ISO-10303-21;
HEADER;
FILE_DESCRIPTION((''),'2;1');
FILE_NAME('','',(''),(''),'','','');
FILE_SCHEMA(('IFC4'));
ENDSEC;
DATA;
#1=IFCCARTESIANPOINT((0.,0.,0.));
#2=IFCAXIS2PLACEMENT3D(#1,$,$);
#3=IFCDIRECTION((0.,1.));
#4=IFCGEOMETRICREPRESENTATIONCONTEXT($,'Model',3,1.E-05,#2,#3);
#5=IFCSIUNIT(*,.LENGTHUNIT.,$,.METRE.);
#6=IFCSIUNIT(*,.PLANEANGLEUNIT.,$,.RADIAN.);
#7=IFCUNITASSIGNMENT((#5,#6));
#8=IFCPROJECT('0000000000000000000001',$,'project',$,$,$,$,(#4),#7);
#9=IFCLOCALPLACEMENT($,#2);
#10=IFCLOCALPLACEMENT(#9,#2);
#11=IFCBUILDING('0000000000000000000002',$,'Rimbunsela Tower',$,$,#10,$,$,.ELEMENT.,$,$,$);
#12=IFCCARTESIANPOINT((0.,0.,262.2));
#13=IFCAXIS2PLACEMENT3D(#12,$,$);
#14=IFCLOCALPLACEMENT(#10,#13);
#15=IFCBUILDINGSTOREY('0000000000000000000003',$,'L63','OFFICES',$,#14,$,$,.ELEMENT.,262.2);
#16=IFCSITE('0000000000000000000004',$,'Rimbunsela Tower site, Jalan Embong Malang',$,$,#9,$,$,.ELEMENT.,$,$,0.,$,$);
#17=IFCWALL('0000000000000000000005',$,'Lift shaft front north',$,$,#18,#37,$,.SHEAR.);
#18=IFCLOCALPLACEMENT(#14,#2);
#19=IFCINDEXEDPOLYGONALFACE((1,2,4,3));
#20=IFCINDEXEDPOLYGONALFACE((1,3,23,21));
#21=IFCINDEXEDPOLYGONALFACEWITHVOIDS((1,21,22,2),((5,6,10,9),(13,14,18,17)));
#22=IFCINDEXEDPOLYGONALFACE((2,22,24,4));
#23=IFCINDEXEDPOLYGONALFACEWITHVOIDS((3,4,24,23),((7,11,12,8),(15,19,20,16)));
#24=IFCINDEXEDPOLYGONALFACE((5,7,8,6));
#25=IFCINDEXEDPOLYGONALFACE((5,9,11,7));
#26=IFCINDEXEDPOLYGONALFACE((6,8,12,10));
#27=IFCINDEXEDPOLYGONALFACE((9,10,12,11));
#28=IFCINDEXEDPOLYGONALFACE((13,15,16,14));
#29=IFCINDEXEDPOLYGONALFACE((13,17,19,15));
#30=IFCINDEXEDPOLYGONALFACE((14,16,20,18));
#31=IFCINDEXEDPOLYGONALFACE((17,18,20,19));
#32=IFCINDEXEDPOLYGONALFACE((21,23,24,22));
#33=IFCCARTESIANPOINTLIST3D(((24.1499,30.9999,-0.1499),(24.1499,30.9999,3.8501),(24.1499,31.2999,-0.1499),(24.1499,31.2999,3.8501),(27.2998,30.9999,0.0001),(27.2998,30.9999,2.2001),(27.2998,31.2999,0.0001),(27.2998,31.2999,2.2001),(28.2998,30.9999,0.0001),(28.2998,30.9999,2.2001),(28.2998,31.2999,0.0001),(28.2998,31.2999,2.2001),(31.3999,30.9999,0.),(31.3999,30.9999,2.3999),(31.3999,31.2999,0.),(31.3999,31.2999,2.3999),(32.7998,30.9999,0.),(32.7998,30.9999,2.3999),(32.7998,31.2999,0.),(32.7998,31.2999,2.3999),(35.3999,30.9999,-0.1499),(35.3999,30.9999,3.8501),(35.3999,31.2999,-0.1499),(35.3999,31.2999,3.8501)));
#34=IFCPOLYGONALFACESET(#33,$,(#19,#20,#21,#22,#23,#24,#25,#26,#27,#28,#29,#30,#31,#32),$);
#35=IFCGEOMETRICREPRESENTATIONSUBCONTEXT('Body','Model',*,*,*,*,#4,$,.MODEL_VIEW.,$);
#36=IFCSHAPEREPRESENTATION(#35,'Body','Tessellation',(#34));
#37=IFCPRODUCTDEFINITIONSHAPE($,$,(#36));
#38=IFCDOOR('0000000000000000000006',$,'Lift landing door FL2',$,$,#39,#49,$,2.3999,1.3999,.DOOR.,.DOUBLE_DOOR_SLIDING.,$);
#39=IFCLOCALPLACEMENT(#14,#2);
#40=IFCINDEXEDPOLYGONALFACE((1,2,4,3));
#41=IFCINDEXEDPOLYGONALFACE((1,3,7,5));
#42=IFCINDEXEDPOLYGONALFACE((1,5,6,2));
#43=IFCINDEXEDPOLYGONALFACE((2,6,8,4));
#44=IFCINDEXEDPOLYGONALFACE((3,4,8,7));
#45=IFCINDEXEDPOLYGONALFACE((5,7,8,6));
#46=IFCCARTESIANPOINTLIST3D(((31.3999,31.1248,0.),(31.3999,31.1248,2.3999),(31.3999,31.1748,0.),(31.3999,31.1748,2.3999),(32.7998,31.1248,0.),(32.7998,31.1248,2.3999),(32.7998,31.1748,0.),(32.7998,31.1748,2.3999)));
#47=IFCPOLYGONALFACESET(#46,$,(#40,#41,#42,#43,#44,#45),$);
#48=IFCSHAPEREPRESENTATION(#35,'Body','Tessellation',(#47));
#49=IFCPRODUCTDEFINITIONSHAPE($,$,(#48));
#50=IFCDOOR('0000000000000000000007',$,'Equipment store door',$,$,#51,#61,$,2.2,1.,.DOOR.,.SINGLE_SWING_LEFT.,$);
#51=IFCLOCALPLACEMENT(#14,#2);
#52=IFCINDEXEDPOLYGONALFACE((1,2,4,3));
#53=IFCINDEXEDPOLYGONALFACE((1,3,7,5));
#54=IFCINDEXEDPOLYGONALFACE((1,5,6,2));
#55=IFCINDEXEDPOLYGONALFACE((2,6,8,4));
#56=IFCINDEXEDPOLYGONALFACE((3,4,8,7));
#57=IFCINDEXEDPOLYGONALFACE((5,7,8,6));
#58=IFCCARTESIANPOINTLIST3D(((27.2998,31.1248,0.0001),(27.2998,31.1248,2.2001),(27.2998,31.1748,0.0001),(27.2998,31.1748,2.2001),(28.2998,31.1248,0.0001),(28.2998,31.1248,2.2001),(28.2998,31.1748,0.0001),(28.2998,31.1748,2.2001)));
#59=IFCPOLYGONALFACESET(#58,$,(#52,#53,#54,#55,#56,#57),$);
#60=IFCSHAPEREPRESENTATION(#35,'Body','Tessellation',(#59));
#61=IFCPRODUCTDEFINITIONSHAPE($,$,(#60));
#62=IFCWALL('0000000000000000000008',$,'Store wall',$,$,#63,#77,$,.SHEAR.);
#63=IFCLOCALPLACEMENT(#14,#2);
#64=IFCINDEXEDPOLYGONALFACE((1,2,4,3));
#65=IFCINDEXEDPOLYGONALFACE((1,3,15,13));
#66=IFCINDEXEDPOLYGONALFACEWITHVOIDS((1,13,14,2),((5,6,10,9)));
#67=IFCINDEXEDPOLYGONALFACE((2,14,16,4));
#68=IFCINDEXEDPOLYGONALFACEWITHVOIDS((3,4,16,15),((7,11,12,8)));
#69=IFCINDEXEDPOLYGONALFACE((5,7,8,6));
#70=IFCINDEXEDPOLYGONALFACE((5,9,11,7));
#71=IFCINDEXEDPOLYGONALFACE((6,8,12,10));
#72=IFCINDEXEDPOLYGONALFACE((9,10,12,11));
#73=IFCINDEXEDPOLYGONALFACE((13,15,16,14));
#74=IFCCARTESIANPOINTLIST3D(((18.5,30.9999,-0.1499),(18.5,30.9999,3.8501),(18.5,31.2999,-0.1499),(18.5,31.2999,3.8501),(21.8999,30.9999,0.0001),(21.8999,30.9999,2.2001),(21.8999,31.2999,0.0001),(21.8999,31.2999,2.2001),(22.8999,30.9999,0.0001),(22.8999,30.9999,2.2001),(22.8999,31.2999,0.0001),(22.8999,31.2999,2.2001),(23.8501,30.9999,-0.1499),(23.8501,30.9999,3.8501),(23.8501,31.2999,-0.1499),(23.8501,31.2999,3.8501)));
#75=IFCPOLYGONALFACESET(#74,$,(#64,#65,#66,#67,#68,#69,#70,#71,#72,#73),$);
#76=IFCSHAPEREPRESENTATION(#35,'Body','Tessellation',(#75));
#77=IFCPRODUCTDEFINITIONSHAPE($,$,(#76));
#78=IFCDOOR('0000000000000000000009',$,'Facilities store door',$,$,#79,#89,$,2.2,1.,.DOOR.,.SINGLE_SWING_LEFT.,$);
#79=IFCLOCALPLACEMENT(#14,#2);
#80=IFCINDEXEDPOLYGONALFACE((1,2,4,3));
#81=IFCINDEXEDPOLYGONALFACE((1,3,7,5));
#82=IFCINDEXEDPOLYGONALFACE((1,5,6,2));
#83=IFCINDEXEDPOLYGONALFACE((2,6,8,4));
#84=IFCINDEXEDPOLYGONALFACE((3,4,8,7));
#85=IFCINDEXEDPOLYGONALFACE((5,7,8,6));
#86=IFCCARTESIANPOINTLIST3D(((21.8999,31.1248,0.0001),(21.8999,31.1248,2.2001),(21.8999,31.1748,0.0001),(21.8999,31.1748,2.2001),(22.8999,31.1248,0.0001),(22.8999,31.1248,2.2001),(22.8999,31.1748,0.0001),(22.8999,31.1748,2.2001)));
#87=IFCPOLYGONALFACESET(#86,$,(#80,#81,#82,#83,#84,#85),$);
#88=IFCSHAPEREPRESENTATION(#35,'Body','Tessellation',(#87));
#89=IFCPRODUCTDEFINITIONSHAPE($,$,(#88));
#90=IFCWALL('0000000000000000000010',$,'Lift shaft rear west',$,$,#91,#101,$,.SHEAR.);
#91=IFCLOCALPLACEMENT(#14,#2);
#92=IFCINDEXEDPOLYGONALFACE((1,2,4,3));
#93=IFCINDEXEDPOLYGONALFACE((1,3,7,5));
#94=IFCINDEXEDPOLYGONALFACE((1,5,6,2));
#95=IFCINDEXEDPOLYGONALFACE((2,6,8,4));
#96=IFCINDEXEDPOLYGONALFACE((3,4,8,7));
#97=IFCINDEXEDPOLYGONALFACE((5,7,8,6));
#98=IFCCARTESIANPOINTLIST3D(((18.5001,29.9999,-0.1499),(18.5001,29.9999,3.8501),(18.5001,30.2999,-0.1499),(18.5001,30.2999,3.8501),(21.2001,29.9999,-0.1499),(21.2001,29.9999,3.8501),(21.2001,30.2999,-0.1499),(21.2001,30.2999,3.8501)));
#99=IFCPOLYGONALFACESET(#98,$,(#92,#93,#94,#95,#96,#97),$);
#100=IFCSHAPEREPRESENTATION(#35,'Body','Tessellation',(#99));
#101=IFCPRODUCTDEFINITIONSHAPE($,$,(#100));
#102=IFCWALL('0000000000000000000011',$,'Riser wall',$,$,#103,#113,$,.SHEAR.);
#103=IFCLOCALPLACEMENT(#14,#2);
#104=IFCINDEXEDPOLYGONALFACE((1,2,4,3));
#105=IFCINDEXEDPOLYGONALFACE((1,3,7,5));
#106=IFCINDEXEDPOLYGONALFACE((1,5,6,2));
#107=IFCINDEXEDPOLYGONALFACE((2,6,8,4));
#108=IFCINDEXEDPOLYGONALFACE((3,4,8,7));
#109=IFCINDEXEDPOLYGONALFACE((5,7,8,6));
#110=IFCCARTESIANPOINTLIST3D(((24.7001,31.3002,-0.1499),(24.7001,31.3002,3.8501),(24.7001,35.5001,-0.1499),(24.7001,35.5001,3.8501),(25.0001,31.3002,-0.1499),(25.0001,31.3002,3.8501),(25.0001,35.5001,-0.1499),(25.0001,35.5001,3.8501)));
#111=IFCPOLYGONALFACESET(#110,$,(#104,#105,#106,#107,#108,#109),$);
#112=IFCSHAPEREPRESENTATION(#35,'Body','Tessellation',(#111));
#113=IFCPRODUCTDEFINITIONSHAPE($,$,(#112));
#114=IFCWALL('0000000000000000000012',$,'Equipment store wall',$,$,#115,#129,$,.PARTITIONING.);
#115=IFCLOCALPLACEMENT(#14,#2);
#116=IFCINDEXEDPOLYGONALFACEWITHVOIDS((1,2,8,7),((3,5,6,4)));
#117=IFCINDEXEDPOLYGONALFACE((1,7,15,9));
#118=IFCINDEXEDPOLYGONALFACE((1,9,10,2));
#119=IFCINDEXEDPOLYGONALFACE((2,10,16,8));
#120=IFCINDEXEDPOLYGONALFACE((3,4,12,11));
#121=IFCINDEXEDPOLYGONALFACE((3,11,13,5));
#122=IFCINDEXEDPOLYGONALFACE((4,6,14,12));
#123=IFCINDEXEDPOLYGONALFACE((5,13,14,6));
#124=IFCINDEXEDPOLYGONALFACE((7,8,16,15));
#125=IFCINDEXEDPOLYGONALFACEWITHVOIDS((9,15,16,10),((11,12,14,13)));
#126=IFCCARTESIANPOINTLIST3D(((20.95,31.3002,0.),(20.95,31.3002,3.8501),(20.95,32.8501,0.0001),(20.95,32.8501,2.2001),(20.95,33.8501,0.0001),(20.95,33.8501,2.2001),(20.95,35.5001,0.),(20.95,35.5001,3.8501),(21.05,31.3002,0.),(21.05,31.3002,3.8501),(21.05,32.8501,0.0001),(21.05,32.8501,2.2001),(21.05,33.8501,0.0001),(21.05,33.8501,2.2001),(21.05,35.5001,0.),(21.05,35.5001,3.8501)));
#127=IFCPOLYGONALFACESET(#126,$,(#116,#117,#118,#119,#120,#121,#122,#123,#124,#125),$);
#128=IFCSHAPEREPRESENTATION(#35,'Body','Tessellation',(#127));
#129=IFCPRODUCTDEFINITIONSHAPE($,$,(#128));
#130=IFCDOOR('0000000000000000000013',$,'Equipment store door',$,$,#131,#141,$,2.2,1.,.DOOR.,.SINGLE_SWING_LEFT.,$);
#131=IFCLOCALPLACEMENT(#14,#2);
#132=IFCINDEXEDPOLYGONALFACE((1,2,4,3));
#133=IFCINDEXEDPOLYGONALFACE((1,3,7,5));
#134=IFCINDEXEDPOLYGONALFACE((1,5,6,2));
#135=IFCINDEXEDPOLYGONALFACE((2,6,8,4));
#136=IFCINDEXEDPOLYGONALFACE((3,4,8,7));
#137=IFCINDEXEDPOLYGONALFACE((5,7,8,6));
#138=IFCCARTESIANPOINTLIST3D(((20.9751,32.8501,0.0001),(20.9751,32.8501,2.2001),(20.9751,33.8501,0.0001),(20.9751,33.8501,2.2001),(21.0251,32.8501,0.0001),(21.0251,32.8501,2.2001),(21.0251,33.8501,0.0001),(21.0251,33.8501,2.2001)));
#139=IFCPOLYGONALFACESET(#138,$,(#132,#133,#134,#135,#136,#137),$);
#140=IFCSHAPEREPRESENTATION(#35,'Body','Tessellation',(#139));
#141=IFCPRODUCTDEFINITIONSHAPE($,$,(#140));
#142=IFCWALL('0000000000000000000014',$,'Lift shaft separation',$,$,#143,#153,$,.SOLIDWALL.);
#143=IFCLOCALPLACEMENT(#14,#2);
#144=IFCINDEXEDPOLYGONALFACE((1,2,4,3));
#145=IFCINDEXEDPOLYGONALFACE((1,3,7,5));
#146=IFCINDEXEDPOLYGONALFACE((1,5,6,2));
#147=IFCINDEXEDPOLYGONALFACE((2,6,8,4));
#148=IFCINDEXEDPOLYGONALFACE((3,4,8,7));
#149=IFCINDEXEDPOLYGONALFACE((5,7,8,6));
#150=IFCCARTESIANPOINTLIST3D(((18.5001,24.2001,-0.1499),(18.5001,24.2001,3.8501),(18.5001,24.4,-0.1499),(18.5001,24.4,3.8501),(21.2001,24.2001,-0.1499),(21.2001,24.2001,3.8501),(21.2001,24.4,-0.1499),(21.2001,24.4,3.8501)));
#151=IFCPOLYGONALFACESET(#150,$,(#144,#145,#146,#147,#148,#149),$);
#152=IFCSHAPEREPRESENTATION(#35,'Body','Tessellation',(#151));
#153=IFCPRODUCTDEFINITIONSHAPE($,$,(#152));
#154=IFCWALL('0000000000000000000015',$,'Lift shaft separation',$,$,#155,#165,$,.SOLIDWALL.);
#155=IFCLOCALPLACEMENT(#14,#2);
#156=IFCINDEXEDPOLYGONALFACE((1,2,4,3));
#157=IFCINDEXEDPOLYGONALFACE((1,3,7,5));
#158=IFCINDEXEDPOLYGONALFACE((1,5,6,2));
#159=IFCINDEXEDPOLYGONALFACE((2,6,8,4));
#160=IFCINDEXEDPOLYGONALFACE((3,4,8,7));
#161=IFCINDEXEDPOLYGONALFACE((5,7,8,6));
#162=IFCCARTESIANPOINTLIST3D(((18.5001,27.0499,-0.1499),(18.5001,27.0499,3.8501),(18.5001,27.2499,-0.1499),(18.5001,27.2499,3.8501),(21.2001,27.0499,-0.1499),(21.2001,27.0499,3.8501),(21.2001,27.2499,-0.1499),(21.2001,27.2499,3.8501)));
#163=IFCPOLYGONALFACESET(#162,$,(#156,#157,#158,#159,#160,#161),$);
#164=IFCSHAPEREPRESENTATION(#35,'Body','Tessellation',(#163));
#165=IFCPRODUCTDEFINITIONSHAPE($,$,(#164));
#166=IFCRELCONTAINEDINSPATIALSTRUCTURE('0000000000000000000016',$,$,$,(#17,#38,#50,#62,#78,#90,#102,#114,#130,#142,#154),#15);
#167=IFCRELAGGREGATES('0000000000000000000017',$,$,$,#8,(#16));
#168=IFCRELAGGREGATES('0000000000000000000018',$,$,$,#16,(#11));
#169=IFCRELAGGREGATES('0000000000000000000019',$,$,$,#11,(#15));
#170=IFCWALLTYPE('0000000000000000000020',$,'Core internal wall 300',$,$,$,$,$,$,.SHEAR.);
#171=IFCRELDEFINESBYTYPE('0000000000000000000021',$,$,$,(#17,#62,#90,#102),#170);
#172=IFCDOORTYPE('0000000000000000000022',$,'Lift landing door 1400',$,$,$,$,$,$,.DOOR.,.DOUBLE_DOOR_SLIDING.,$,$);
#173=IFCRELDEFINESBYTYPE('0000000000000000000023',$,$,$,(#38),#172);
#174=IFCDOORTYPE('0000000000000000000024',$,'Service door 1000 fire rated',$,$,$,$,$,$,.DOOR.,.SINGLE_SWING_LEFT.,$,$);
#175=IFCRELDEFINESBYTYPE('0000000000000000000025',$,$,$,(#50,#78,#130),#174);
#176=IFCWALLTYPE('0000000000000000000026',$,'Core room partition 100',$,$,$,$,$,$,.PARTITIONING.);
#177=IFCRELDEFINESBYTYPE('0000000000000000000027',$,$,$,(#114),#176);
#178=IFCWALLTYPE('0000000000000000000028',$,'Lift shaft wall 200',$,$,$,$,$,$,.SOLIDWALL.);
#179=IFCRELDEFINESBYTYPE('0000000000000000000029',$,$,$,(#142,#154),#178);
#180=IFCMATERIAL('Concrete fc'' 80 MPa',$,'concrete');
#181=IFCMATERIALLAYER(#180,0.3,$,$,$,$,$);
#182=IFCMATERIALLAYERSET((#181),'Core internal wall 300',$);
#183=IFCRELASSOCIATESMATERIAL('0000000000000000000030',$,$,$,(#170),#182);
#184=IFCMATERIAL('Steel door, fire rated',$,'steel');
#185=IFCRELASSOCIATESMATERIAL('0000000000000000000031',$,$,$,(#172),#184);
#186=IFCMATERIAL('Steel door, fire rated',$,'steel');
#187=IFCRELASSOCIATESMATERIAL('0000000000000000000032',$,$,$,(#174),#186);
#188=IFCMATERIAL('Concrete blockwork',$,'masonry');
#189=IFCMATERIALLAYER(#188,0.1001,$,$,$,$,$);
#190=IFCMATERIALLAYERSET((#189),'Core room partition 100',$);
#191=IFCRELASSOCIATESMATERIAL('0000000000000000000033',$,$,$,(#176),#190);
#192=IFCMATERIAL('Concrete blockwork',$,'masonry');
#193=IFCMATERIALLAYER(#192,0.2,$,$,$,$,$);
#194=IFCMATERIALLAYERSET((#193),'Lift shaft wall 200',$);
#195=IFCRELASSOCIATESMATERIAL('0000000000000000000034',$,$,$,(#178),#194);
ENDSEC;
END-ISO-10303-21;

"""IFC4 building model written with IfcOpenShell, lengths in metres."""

from ifc_helpers import new_model, si_unit, direction, frame, frame_2d, origin, place, context, subcontext, project, spatial, rectangle, extrude, material, layer, layer_set, type_object, element, fill, save


model = new_model("IFC4")

# Units and contexts
model_context = context("Model", 3, precision=1e-05, world=origin(), true_north=direction((0.0, 1.0)))
body_context = subcontext(model_context, "Body", "Model", "MODEL_VIEW")
ifc_project = project(units=[si_unit("LENGTHUNIT", "METRE"), si_unit("PLANEANGLEUNIT", "RADIAN")], contexts=[model_context])

# Site, building, storey
site_placement = place(None, origin())
site = spatial("IfcSite", under=ifc_project, at=site_placement, Name="Rimbunsela Tower site, Jalan Embong Malang", CompositionType="ELEMENT", RefElevation=0.0)
building_placement = place(site_placement, origin())
building = spatial("IfcBuilding", under=site, at=building_placement, Name="Rimbunsela Tower", CompositionType="ELEMENT")
storey_placement = place(building_placement, frame((0.0, 0.0, 262.2)))
storey = spatial("IfcBuildingStorey", under=building, at=storey_placement, Name="L63", Description="OFFICES", CompositionType="ELEMENT", Elevation=262.2)

# Wall, openings, doors
ifc_material_1 = material(Name="Concrete fc' 80 MPa", Category="concrete")
ifc_layer_1 = layer(ifc_material_1, 0.3)
ifc_layer_set_1 = layer_set([ifc_layer_1], Name="Core internal wall 300")
wall_type_1 = type_object("IfcWallType", Name="Core internal wall 300", PredefinedType="SHEAR", material=ifc_layer_set_1)
wall_1_placement = place(storey_placement, frame((24.1499, 31.1499, -0.1499), z_axis=(0.0, 0.0, 1.0), x_axis=(1.0, 0.0, 0.0)))
wall_1 = element("IfcWall", 1, at=wall_1_placement, inside=storey, type_object=wall_type_1, Name="Lift shaft front north", PredefinedType="SHEAR", context=body_context, shape_type="SweptSolid", body=[
    extrude(rectangle(XDim=11.25, YDim=0.3, at=frame_2d((5.625, 0.0))), origin(), (0.0, 0.0, 1.0), 4.0),
])
opening_1_placement = place(wall_1_placement, frame((3.1499, 0.0, 0.1499)))
opening_1 = element("IfcOpeningElement", 2, at=opening_1_placement, cuts=wall_1, PredefinedType="OPENING", context=body_context, shape_type="SweptSolid", body=[
    extrude(rectangle(XDim=1.0, YDim=2.2, at=frame_2d((0.5, 1.1001))), frame((0.0, 0.1599, 0.0), z_axis=(0.0, -1.0, 0.0), x_axis=(1.0, 0.0, 0.0)), (0.0, 0.0, 1.0), 0.3201),
])
opening_2_placement = place(wall_1_placement, frame((7.25, 0.0, 0.1499)))
opening_2 = element("IfcOpeningElement", 3, at=opening_2_placement, cuts=wall_1, PredefinedType="OPENING", context=body_context, shape_type="SweptSolid", body=[
    extrude(rectangle(XDim=1.3999, YDim=2.3999, at=frame_2d((0.7, 1.2))), frame((0.0, 0.1599, 0.0), z_axis=(0.0, -1.0, 0.0), x_axis=(1.0, 0.0, 0.0)), (0.0, 0.0, 1.0), 0.3201),
])
ifc_material_2 = material(Name="Steel door, fire rated", Category="steel")
door_type_1 = type_object("IfcDoorType", Name="Lift landing door 1400", OperationType="DOUBLE_DOOR_SLIDING", PredefinedType="DOOR", material=ifc_material_2)
door_1_placement = place(opening_2_placement, origin())
door_1 = element("IfcDoor", 4, at=door_1_placement, inside=storey, type_object=door_type_1, Name="Lift landing door FL2", OperationType="DOUBLE_DOOR_SLIDING", OverallHeight=2.3999, OverallWidth=1.3999, PredefinedType="DOOR", context=body_context, shape_type="SweptSolid", body=[
    extrude(rectangle(XDim=1.3999, YDim=2.3999, at=frame_2d((0.7, 1.2))), frame((0.0, 0.0249, 0.0), z_axis=(0.0, -1.0, 0.0), x_axis=(1.0, 0.0, 0.0)), (0.0, 0.0, 1.0), 0.05),
])
fill(opening_2, door_1)
ifc_material_3 = material(Name="Steel door, fire rated", Category="steel")
door_type_2 = type_object("IfcDoorType", Name="Service door 1000 fire rated", OperationType="SINGLE_SWING_LEFT", PredefinedType="DOOR", material=ifc_material_3)
door_2_placement = place(opening_1_placement, origin())
door_2 = element("IfcDoor", 5, at=door_2_placement, inside=storey, type_object=door_type_2, Name="Equipment store door", OperationType="SINGLE_SWING_LEFT", OverallHeight=2.2, OverallWidth=1.0, PredefinedType="DOOR", context=body_context, shape_type="SweptSolid", body=[
    extrude(rectangle(XDim=1.0, YDim=2.2, at=frame_2d((0.5, 1.1001))), frame((0.0, 0.0249, 0.0), z_axis=(0.0, -1.0, 0.0), x_axis=(1.0, 0.0, 0.0)), (0.0, 0.0, 1.0), 0.05),
])
fill(opening_1, door_2)

# Wall, opening, door
wall_2_placement = place(storey_placement, frame((18.5, 31.1499, -0.1499), z_axis=(0.0, 0.0, 1.0), x_axis=(1.0, 0.0, 0.0)))
wall_2 = element("IfcWall", 6, at=wall_2_placement, inside=storey, type_object=wall_type_1, Name="Store wall", PredefinedType="SHEAR", context=body_context, shape_type="SweptSolid", body=[
    extrude(rectangle(XDim=5.3501, YDim=0.3, at=frame_2d((2.675, 0.0))), origin(), (0.0, 0.0, 1.0), 4.0),
])
opening_3_placement = place(wall_2_placement, frame((3.3999, 0.0, 0.1499)))
opening_3 = element("IfcOpeningElement", 7, at=opening_3_placement, cuts=wall_2, PredefinedType="OPENING", context=body_context, shape_type="SweptSolid", body=[
    extrude(rectangle(XDim=1.0, YDim=2.2, at=frame_2d((0.5, 1.1001))), frame((0.0, 0.1599, 0.0), z_axis=(0.0, -1.0, 0.0), x_axis=(1.0, 0.0, 0.0)), (0.0, 0.0, 1.0), 0.3201),
])
door_3_placement = place(opening_3_placement, origin())
door_3 = element("IfcDoor", 8, at=door_3_placement, inside=storey, type_object=door_type_2, Name="Facilities store door", OperationType="SINGLE_SWING_LEFT", OverallHeight=2.2, OverallWidth=1.0, PredefinedType="DOOR", context=body_context, shape_type="SweptSolid", body=[
    extrude(rectangle(XDim=1.0, YDim=2.2, at=frame_2d((0.5, 1.1001))), frame((0.0, 0.0249, 0.0), z_axis=(0.0, -1.0, 0.0), x_axis=(1.0, 0.0, 0.0)), (0.0, 0.0, 1.0), 0.05),
])
fill(opening_3, door_3)

# Walls
wall_3_placement = place(storey_placement, frame((18.5, 30.1499, -0.1499), z_axis=(0.0, 0.0, 1.0), x_axis=(1.0, 0.0, 0.0)))
element("IfcWall", 9, at=wall_3_placement, inside=storey, type_object=wall_type_1, Name="Lift shaft rear west", PredefinedType="SHEAR", context=body_context, shape_type="SweptSolid", body=[
    extrude(rectangle(XDim=2.7, YDim=0.3, at=frame_2d((1.3501, 0.0))), origin(), (0.0, 0.0, 1.0), 4.0),
])
wall_4_placement = place(storey_placement, frame((24.8501, 31.3, -0.1499), z_axis=(0.0, 0.0, 1.0), x_axis=(0.0, 1.0, 0.0)))
element("IfcWall", 10, at=wall_4_placement, inside=storey, type_object=wall_type_1, Name="Riser wall", PredefinedType="SHEAR", context=body_context, shape_type="SweptSolid", body=[
    extrude(rectangle(XDim=4.2, YDim=0.3, at=frame_2d((2.1001, 0.0))), origin(), (0.0, 0.0, 1.0), 4.0),
])

# Wall, opening, door
ifc_material_4 = material(Name="Concrete blockwork", Category="masonry")
ifc_layer_2 = layer(ifc_material_4, 0.1001)
ifc_layer_set_2 = layer_set([ifc_layer_2], Name="Core room partition 100")
wall_type_2 = type_object("IfcWallType", Name="Core room partition 100", PredefinedType="PARTITIONING", material=ifc_layer_set_2)
wall_5_placement = place(storey_placement, frame((21.0, 31.3, 0.0), z_axis=(0.0, 0.0, 1.0), x_axis=(0.0, 1.0, 0.0)))
wall_5 = element("IfcWall", 11, at=wall_5_placement, inside=storey, type_object=wall_type_2, Name="Equipment store wall", PredefinedType="PARTITIONING", context=body_context, shape_type="SweptSolid", body=[
    extrude(rectangle(XDim=4.2, YDim=0.1001, at=frame_2d((2.1001, 0.0))), origin(), (0.0, 0.0, 1.0), 3.8501),
])
opening_4_placement = place(wall_5_placement, frame((1.55, 0.0, 0.0)))
opening_4 = element("IfcOpeningElement", 12, at=opening_4_placement, cuts=wall_5, PredefinedType="OPENING", context=body_context, shape_type="SweptSolid", body=[
    extrude(rectangle(XDim=1.0, YDim=2.2, at=frame_2d((0.5, 1.1001))), frame((0.0, 0.0601, 0.0), z_axis=(0.0, -1.0, 0.0), x_axis=(1.0, 0.0, 0.0)), (0.0, 0.0, 1.0), 0.1201),
])
door_4_placement = place(opening_4_placement, origin())
door_4 = element("IfcDoor", 13, at=door_4_placement, inside=storey, type_object=door_type_2, Name="Equipment store door", OperationType="SINGLE_SWING_LEFT", OverallHeight=2.2, OverallWidth=1.0, PredefinedType="DOOR", context=body_context, shape_type="SweptSolid", body=[
    extrude(rectangle(XDim=1.0, YDim=2.2, at=frame_2d((0.5, 1.1001))), frame((0.0, 0.0249, 0.0), z_axis=(0.0, -1.0, 0.0), x_axis=(1.0, 0.0, 0.0)), (0.0, 0.0, 1.0), 0.05),
])
fill(opening_4, door_4)

# Walls
ifc_material_5 = material(Name="Concrete blockwork", Category="masonry")
ifc_layer_3 = layer(ifc_material_5, 0.2)
ifc_layer_set_3 = layer_set([ifc_layer_3], Name="Lift shaft wall 200")
wall_type_3 = type_object("IfcWallType", Name="Lift shaft wall 200", PredefinedType="SOLIDWALL", material=ifc_layer_set_3)
for number, where, z_axis, x_axis, name in (
    (14, (18.5, 24.3, -0.1499), (0.0, 0.0, 1.0), (1.0, 0.0, 0.0), "Lift shaft separation"),
    (15, (18.5, 27.1499, -0.1499), (0.0, 0.0, 1.0), (1.0, 0.0, 0.0), "Lift shaft separation"),
):
    element("IfcWall", number, at=place(storey_placement, frame(where, z_axis=z_axis, x_axis=x_axis)), inside=storey, type_object=wall_type_3, Name=name, PredefinedType="SOLIDWALL", context=body_context, shape_type="SweptSolid", body=[
        extrude(rectangle(XDim=2.7, YDim=0.2, at=frame_2d((1.3501, 0.0))), origin(), (0.0, 0.0, 1.0), 4.0),
    ])

save(model, "model.ifc")
